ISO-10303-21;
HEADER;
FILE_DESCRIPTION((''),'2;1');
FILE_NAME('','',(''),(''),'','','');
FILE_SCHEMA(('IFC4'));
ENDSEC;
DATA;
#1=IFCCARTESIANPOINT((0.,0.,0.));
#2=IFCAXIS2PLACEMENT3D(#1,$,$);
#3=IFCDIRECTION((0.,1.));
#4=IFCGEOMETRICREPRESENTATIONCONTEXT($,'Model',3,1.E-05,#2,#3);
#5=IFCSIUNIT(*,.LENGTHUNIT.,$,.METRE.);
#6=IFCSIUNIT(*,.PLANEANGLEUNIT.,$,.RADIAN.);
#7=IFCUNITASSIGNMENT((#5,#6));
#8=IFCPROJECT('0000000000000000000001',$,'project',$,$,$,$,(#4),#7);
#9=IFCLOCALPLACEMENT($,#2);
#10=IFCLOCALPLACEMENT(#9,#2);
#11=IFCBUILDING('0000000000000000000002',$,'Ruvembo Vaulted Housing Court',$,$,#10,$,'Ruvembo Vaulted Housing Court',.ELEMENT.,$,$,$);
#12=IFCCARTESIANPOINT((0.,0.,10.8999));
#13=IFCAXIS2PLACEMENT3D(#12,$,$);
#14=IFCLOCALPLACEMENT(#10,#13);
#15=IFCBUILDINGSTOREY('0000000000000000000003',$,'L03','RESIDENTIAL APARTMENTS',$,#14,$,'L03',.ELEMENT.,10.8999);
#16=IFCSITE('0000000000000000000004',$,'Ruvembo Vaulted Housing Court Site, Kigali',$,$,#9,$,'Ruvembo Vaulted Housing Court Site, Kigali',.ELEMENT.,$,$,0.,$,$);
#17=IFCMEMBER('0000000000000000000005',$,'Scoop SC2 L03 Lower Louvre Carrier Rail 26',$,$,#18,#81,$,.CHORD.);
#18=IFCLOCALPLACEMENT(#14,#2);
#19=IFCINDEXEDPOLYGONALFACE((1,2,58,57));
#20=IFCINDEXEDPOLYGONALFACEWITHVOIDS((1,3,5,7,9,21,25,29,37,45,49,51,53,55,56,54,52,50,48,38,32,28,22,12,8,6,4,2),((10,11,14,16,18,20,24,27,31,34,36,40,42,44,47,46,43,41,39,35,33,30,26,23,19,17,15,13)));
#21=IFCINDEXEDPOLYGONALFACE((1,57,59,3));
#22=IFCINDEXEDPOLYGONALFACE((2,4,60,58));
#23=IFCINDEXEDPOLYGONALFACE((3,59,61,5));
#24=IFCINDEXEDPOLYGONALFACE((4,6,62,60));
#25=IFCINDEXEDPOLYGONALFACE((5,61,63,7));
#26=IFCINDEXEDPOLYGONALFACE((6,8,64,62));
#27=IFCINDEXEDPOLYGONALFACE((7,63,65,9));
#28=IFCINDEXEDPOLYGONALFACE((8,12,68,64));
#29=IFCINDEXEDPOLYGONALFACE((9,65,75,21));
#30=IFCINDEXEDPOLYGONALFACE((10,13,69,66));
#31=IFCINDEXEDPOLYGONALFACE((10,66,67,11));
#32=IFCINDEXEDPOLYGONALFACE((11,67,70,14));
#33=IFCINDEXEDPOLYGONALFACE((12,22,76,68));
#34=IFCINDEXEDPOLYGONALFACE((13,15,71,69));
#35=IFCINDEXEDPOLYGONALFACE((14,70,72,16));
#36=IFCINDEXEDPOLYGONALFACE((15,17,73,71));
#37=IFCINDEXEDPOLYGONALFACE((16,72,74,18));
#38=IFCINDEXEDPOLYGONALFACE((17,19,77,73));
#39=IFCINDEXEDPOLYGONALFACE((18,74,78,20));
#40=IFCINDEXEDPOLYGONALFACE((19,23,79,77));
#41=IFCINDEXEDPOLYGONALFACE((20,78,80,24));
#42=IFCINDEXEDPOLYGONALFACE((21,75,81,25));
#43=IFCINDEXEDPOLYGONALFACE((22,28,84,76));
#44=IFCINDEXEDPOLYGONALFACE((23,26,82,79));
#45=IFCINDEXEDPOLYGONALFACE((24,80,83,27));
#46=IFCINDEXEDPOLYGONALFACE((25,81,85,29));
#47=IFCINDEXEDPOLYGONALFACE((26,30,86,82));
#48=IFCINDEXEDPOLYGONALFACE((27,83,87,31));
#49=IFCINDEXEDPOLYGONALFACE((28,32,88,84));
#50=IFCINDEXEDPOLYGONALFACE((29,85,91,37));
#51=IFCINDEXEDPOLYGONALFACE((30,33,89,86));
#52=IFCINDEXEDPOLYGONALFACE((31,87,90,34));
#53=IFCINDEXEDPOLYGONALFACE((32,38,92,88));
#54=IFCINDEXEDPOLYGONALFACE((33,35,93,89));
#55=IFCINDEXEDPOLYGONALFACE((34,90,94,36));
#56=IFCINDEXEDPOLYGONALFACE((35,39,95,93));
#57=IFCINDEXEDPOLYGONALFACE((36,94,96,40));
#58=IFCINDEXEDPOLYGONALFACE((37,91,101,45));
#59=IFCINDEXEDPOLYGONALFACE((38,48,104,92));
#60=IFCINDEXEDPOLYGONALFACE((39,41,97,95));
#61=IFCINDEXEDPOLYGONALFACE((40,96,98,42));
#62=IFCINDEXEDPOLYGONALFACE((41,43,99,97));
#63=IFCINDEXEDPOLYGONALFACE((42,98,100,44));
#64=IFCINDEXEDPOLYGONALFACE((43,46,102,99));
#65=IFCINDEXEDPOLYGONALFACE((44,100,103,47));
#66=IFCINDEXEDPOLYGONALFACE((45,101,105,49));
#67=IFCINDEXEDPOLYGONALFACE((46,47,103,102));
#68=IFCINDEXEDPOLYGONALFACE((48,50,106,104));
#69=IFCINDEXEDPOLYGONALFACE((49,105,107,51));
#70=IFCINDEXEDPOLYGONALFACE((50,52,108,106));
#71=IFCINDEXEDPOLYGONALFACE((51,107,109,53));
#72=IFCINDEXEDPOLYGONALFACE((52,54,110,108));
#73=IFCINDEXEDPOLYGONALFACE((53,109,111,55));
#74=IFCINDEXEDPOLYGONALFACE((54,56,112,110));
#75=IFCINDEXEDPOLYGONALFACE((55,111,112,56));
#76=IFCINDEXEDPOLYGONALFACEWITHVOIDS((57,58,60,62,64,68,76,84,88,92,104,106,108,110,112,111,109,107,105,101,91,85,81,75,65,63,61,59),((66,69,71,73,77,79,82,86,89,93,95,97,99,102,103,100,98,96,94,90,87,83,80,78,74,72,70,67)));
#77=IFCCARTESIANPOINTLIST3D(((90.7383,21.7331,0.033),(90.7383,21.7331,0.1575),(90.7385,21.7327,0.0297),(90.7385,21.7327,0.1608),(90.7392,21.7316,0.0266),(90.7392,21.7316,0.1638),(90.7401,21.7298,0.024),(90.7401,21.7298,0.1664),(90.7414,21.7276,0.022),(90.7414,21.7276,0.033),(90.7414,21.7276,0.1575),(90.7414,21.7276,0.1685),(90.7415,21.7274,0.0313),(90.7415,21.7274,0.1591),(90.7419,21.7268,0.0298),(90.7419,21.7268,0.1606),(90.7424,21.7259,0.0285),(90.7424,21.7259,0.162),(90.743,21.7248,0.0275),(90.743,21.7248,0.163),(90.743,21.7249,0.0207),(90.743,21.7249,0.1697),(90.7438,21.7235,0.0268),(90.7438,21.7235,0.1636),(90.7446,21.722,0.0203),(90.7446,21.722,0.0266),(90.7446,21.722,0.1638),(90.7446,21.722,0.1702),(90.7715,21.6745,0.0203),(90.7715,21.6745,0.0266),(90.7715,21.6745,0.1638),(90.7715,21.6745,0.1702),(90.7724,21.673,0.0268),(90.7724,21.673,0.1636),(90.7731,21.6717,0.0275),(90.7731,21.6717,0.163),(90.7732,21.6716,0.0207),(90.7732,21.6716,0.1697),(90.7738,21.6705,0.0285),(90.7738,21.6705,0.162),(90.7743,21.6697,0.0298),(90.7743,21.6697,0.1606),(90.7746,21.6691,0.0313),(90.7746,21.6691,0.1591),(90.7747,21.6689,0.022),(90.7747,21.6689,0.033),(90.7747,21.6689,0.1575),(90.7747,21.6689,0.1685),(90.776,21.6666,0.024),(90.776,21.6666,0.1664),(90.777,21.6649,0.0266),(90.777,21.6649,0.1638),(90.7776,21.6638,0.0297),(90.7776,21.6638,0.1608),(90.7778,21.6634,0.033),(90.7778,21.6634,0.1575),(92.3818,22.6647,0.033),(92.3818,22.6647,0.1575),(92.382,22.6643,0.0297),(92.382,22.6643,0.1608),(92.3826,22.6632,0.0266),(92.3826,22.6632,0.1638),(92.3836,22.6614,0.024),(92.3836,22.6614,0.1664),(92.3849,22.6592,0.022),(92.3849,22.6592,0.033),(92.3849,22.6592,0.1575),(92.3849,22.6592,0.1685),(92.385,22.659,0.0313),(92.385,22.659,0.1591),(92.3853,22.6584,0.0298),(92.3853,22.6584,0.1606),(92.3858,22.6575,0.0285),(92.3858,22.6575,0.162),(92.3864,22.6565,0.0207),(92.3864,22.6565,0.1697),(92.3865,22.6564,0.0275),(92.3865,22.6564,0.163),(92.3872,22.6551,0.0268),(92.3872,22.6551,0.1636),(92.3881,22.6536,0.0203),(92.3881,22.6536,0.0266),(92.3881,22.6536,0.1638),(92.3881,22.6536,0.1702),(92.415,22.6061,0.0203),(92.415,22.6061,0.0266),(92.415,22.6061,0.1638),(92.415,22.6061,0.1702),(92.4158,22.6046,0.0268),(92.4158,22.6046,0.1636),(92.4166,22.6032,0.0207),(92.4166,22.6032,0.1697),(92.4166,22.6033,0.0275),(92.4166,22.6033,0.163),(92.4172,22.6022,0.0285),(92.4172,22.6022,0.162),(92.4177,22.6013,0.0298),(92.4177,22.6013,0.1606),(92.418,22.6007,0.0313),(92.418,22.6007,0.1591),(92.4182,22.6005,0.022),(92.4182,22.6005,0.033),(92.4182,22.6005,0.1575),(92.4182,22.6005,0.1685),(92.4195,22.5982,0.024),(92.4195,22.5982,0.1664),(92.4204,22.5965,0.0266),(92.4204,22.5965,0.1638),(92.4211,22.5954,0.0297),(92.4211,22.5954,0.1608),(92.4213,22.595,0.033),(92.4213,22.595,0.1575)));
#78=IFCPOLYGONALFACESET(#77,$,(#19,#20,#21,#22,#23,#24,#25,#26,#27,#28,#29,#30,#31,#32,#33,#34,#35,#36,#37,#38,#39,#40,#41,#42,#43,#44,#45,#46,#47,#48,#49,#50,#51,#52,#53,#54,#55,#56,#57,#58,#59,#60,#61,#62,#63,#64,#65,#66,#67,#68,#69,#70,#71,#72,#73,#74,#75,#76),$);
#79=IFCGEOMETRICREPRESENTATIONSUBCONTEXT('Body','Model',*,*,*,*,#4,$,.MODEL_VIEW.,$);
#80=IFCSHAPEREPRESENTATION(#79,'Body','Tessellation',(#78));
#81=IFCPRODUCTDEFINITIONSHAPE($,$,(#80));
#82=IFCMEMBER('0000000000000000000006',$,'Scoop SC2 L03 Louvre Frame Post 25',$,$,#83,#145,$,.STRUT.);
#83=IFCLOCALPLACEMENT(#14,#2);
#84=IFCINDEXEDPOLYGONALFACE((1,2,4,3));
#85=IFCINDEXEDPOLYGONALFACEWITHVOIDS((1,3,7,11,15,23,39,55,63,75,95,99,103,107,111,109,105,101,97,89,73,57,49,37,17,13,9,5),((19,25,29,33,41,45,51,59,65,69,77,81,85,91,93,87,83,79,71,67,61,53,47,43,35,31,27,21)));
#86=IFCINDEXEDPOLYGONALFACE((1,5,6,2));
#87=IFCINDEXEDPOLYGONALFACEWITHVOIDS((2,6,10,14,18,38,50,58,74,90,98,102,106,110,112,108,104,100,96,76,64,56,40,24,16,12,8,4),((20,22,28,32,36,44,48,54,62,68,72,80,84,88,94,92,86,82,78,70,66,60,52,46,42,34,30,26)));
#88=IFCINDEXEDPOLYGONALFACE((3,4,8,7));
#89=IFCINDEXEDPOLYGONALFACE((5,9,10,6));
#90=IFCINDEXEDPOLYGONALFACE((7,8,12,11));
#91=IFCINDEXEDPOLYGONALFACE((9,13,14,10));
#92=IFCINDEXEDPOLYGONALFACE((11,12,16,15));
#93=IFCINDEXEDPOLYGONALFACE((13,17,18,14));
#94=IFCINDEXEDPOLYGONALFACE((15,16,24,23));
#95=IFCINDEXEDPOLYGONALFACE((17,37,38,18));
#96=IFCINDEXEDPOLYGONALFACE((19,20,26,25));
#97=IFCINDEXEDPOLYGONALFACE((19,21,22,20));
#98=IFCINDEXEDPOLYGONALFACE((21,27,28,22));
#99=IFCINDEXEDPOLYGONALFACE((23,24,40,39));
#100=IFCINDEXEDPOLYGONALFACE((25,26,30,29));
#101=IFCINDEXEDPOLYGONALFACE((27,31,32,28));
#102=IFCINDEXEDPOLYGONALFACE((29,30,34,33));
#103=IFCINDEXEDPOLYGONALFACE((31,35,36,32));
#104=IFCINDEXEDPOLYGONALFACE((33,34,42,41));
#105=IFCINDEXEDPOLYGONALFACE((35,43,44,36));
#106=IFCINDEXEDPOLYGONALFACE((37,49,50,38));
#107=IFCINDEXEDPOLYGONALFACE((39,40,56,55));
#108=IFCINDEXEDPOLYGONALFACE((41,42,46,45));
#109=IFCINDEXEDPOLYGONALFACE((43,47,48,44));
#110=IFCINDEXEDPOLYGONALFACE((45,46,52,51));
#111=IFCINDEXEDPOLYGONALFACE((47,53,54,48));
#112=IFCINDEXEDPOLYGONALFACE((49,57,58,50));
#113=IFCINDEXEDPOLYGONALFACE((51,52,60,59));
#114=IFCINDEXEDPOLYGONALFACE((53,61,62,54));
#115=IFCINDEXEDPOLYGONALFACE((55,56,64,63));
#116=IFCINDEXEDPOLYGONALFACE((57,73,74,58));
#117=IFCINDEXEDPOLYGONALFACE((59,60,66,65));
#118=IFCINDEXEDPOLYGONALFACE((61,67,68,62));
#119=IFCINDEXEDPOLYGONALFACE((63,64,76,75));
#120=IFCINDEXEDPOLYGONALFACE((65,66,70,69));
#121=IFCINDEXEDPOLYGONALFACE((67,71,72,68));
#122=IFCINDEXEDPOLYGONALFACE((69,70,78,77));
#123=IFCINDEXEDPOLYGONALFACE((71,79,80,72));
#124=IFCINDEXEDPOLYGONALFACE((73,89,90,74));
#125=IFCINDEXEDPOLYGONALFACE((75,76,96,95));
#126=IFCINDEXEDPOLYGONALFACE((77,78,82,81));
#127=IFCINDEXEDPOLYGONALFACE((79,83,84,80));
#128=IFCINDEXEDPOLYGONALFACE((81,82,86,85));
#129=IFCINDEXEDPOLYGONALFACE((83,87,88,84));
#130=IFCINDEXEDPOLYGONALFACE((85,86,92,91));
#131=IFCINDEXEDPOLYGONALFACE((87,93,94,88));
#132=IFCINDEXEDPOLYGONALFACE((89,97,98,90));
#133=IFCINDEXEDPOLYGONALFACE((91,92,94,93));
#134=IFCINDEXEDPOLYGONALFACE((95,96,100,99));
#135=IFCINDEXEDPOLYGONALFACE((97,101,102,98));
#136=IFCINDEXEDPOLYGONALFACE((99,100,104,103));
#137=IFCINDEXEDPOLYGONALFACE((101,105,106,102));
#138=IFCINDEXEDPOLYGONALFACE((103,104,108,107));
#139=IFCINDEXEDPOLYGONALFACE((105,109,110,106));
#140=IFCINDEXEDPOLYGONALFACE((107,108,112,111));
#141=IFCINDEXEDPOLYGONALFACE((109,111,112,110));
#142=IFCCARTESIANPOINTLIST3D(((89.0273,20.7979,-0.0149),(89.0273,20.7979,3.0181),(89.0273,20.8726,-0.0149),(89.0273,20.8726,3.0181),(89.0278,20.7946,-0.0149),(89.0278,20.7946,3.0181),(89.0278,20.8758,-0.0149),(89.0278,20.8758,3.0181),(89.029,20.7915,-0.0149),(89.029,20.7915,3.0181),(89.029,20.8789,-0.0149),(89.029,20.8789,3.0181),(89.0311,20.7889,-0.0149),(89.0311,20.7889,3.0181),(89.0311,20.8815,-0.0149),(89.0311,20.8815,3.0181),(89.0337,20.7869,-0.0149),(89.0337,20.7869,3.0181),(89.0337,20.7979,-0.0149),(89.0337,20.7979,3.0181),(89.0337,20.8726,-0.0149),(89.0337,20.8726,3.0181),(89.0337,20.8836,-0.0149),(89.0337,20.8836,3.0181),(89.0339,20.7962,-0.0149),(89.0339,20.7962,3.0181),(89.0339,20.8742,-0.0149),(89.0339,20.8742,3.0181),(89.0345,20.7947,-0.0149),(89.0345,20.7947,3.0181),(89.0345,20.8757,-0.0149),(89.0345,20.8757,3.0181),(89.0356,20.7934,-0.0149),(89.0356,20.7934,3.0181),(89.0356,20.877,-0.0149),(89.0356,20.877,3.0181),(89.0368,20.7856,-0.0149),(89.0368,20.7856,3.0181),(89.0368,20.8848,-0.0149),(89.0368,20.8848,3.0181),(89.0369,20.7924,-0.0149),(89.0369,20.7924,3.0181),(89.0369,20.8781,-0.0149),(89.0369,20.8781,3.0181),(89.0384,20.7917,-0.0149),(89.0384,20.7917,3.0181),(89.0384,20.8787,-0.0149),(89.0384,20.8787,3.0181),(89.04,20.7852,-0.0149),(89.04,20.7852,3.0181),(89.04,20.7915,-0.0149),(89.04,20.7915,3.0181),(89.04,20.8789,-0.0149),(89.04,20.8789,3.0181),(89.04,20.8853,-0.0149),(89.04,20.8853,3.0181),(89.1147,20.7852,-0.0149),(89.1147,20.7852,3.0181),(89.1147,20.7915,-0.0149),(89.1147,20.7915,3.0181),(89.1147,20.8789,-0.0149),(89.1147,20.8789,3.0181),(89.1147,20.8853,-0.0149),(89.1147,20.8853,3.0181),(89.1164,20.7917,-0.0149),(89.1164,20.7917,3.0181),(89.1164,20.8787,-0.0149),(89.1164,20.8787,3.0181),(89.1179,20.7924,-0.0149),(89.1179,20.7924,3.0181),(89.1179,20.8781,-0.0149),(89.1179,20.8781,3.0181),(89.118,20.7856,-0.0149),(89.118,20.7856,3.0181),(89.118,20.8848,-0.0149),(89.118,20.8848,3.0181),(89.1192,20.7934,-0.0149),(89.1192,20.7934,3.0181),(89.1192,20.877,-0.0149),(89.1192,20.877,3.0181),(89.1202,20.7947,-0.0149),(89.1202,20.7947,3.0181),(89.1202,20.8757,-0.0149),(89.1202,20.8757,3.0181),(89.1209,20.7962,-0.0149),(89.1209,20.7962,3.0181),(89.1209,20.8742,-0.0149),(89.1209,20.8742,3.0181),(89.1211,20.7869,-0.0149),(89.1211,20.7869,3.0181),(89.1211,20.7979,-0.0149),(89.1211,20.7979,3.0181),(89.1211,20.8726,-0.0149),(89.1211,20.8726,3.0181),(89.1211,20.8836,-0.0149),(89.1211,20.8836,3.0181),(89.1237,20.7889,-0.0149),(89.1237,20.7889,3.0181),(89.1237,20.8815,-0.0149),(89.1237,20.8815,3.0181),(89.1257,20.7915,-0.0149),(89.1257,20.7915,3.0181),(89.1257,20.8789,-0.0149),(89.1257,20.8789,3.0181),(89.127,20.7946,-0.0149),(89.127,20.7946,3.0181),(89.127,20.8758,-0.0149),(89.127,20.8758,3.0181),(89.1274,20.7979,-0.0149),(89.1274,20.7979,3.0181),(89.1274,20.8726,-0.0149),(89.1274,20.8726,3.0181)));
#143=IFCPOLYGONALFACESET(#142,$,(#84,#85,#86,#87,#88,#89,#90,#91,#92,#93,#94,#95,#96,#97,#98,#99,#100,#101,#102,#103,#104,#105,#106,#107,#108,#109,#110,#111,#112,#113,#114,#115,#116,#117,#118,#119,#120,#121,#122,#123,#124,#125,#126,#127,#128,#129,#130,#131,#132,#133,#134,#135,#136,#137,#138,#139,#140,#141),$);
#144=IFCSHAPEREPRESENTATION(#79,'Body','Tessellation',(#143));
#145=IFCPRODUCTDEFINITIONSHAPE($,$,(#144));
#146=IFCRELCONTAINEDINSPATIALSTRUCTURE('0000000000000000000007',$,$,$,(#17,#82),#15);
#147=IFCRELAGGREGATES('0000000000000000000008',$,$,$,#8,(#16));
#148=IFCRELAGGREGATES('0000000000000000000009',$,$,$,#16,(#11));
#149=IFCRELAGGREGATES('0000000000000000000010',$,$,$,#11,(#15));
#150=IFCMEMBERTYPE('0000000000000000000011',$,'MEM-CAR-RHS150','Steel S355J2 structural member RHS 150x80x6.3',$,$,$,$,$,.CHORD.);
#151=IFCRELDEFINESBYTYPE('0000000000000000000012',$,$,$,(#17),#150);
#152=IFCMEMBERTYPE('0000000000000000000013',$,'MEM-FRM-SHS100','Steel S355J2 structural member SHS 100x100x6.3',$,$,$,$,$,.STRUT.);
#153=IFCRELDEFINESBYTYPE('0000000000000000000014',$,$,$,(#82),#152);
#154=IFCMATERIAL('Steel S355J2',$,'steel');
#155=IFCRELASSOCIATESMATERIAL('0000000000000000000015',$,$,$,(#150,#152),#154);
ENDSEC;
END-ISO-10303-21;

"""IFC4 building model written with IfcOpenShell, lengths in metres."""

from ifc_helpers import new_model, si_unit, direction, frame, origin, origin_2d, place, context, subcontext, project, spatial, hollow_rectangle, extrude, material, material_profile, profile_set, type_object, element, save


model = new_model("IFC4")

# Units and contexts
model_context = context("Model", 3, precision=1e-05, world=origin(), true_north=direction((0.0, 1.0)))
body_context = subcontext(model_context, "Body", "Model", "MODEL_VIEW")
ifc_project = project(units=[si_unit("LENGTHUNIT", "METRE"), si_unit("PLANEANGLEUNIT", "RADIAN")], contexts=[model_context])

# Site, building, storey
site_placement = place(None, origin())
site = spatial("IfcSite", under=ifc_project, at=site_placement, Name="Ruvembo Vaulted Housing Court Site, Kigali", LongName="Ruvembo Vaulted Housing Court Site, Kigali", CompositionType="ELEMENT", RefElevation=0.0)
building_placement = place(site_placement, origin())
building = spatial("IfcBuilding", under=site, at=building_placement, Name="Ruvembo Vaulted Housing Court", LongName="Ruvembo Vaulted Housing Court", CompositionType="ELEMENT")
storey_placement = place(building_placement, frame((0.0, 0.0, 10.8999)))
storey = spatial("IfcBuildingStorey", under=building, at=storey_placement, Name="L03", Description="RESIDENTIAL APARTMENTS", LongName="L03", CompositionType="ELEMENT", Elevation=10.8999)

# Shared definitions
ifc_material_1 = material(Name="Steel S355J2", Category="steel")

# Members
ifc_material_profile_1 = material_profile(ifc_material_1, hollow_rectangle(XDim=0.0801, YDim=0.1499, WallThickness=0.0063, InnerFilletRadius=0.0063, OuterFilletRadius=0.0127, at=origin_2d()), Name="RHS 150x80x6.3")
ifc_profile_set_1 = profile_set([ifc_material_profile_1], Name="Steel S355J2")
member_type_1 = type_object("IfcMemberType", Name="MEM-CAR-RHS150", Description="Steel S355J2 structural member RHS 150x80x6.3", PredefinedType="CHORD", material=ifc_profile_set_1)
member_1_placement = place(storey_placement, frame((90.7581, 21.6982, 0.0952), z_axis=(0.869956, 0.49313, 0.0), x_axis=(-0.49313, 0.869956, 0.0)))
element("IfcMember", 1, at=member_1_placement, inside=storey, type_object=member_type_1, Name="Scoop SC2 L03 Lower Louvre Carrier Rail 26", PredefinedType="CHORD", context=body_context, shape_type="SweptSolid", body=[
    extrude(hollow_rectangle(XDim=0.0801, YDim=0.1499, WallThickness=0.0063, InnerFilletRadius=0.0063, OuterFilletRadius=0.0127, at=origin_2d()), origin(), (0.0, 0.0, 1.0), 1.8892),
])
ifc_material_profile_2 = material_profile(ifc_material_1, hollow_rectangle(XDim=0.1001, YDim=0.1001, WallThickness=0.0063, InnerFilletRadius=0.0063, OuterFilletRadius=0.0127, at=origin_2d()), Name="SHS 100x100x6.3")
ifc_profile_set_2 = profile_set([ifc_material_profile_2], Name="Steel S355J2")
member_type_2 = type_object("IfcMemberType", Name="MEM-FRM-SHS100", Description="Steel S355J2 structural member SHS 100x100x6.3", PredefinedType="STRUT", material=ifc_profile_set_2)
for number, where, z_axis, x_axis, name in (
    (2, (89.0774, 20.8352, -0.0149), (0.0, 0.0, 1.0), (1.0, 0.0, 0.0), "Scoop SC2 L03 Louvre Frame Post 25"),
):
    element("IfcMember", number, at=place(storey_placement, frame(where, z_axis=z_axis, x_axis=x_axis)), inside=storey, type_object=member_type_2, Name=name, PredefinedType="STRUT", context=body_context, shape_type="SweptSolid", body=[
        extrude(hollow_rectangle(XDim=0.1001, YDim=0.1001, WallThickness=0.0063, InnerFilletRadius=0.0063, OuterFilletRadius=0.0127, at=origin_2d()), origin(), (0.0, 0.0, 1.0), 3.033),
    ])

save(model, "model.ifc")
